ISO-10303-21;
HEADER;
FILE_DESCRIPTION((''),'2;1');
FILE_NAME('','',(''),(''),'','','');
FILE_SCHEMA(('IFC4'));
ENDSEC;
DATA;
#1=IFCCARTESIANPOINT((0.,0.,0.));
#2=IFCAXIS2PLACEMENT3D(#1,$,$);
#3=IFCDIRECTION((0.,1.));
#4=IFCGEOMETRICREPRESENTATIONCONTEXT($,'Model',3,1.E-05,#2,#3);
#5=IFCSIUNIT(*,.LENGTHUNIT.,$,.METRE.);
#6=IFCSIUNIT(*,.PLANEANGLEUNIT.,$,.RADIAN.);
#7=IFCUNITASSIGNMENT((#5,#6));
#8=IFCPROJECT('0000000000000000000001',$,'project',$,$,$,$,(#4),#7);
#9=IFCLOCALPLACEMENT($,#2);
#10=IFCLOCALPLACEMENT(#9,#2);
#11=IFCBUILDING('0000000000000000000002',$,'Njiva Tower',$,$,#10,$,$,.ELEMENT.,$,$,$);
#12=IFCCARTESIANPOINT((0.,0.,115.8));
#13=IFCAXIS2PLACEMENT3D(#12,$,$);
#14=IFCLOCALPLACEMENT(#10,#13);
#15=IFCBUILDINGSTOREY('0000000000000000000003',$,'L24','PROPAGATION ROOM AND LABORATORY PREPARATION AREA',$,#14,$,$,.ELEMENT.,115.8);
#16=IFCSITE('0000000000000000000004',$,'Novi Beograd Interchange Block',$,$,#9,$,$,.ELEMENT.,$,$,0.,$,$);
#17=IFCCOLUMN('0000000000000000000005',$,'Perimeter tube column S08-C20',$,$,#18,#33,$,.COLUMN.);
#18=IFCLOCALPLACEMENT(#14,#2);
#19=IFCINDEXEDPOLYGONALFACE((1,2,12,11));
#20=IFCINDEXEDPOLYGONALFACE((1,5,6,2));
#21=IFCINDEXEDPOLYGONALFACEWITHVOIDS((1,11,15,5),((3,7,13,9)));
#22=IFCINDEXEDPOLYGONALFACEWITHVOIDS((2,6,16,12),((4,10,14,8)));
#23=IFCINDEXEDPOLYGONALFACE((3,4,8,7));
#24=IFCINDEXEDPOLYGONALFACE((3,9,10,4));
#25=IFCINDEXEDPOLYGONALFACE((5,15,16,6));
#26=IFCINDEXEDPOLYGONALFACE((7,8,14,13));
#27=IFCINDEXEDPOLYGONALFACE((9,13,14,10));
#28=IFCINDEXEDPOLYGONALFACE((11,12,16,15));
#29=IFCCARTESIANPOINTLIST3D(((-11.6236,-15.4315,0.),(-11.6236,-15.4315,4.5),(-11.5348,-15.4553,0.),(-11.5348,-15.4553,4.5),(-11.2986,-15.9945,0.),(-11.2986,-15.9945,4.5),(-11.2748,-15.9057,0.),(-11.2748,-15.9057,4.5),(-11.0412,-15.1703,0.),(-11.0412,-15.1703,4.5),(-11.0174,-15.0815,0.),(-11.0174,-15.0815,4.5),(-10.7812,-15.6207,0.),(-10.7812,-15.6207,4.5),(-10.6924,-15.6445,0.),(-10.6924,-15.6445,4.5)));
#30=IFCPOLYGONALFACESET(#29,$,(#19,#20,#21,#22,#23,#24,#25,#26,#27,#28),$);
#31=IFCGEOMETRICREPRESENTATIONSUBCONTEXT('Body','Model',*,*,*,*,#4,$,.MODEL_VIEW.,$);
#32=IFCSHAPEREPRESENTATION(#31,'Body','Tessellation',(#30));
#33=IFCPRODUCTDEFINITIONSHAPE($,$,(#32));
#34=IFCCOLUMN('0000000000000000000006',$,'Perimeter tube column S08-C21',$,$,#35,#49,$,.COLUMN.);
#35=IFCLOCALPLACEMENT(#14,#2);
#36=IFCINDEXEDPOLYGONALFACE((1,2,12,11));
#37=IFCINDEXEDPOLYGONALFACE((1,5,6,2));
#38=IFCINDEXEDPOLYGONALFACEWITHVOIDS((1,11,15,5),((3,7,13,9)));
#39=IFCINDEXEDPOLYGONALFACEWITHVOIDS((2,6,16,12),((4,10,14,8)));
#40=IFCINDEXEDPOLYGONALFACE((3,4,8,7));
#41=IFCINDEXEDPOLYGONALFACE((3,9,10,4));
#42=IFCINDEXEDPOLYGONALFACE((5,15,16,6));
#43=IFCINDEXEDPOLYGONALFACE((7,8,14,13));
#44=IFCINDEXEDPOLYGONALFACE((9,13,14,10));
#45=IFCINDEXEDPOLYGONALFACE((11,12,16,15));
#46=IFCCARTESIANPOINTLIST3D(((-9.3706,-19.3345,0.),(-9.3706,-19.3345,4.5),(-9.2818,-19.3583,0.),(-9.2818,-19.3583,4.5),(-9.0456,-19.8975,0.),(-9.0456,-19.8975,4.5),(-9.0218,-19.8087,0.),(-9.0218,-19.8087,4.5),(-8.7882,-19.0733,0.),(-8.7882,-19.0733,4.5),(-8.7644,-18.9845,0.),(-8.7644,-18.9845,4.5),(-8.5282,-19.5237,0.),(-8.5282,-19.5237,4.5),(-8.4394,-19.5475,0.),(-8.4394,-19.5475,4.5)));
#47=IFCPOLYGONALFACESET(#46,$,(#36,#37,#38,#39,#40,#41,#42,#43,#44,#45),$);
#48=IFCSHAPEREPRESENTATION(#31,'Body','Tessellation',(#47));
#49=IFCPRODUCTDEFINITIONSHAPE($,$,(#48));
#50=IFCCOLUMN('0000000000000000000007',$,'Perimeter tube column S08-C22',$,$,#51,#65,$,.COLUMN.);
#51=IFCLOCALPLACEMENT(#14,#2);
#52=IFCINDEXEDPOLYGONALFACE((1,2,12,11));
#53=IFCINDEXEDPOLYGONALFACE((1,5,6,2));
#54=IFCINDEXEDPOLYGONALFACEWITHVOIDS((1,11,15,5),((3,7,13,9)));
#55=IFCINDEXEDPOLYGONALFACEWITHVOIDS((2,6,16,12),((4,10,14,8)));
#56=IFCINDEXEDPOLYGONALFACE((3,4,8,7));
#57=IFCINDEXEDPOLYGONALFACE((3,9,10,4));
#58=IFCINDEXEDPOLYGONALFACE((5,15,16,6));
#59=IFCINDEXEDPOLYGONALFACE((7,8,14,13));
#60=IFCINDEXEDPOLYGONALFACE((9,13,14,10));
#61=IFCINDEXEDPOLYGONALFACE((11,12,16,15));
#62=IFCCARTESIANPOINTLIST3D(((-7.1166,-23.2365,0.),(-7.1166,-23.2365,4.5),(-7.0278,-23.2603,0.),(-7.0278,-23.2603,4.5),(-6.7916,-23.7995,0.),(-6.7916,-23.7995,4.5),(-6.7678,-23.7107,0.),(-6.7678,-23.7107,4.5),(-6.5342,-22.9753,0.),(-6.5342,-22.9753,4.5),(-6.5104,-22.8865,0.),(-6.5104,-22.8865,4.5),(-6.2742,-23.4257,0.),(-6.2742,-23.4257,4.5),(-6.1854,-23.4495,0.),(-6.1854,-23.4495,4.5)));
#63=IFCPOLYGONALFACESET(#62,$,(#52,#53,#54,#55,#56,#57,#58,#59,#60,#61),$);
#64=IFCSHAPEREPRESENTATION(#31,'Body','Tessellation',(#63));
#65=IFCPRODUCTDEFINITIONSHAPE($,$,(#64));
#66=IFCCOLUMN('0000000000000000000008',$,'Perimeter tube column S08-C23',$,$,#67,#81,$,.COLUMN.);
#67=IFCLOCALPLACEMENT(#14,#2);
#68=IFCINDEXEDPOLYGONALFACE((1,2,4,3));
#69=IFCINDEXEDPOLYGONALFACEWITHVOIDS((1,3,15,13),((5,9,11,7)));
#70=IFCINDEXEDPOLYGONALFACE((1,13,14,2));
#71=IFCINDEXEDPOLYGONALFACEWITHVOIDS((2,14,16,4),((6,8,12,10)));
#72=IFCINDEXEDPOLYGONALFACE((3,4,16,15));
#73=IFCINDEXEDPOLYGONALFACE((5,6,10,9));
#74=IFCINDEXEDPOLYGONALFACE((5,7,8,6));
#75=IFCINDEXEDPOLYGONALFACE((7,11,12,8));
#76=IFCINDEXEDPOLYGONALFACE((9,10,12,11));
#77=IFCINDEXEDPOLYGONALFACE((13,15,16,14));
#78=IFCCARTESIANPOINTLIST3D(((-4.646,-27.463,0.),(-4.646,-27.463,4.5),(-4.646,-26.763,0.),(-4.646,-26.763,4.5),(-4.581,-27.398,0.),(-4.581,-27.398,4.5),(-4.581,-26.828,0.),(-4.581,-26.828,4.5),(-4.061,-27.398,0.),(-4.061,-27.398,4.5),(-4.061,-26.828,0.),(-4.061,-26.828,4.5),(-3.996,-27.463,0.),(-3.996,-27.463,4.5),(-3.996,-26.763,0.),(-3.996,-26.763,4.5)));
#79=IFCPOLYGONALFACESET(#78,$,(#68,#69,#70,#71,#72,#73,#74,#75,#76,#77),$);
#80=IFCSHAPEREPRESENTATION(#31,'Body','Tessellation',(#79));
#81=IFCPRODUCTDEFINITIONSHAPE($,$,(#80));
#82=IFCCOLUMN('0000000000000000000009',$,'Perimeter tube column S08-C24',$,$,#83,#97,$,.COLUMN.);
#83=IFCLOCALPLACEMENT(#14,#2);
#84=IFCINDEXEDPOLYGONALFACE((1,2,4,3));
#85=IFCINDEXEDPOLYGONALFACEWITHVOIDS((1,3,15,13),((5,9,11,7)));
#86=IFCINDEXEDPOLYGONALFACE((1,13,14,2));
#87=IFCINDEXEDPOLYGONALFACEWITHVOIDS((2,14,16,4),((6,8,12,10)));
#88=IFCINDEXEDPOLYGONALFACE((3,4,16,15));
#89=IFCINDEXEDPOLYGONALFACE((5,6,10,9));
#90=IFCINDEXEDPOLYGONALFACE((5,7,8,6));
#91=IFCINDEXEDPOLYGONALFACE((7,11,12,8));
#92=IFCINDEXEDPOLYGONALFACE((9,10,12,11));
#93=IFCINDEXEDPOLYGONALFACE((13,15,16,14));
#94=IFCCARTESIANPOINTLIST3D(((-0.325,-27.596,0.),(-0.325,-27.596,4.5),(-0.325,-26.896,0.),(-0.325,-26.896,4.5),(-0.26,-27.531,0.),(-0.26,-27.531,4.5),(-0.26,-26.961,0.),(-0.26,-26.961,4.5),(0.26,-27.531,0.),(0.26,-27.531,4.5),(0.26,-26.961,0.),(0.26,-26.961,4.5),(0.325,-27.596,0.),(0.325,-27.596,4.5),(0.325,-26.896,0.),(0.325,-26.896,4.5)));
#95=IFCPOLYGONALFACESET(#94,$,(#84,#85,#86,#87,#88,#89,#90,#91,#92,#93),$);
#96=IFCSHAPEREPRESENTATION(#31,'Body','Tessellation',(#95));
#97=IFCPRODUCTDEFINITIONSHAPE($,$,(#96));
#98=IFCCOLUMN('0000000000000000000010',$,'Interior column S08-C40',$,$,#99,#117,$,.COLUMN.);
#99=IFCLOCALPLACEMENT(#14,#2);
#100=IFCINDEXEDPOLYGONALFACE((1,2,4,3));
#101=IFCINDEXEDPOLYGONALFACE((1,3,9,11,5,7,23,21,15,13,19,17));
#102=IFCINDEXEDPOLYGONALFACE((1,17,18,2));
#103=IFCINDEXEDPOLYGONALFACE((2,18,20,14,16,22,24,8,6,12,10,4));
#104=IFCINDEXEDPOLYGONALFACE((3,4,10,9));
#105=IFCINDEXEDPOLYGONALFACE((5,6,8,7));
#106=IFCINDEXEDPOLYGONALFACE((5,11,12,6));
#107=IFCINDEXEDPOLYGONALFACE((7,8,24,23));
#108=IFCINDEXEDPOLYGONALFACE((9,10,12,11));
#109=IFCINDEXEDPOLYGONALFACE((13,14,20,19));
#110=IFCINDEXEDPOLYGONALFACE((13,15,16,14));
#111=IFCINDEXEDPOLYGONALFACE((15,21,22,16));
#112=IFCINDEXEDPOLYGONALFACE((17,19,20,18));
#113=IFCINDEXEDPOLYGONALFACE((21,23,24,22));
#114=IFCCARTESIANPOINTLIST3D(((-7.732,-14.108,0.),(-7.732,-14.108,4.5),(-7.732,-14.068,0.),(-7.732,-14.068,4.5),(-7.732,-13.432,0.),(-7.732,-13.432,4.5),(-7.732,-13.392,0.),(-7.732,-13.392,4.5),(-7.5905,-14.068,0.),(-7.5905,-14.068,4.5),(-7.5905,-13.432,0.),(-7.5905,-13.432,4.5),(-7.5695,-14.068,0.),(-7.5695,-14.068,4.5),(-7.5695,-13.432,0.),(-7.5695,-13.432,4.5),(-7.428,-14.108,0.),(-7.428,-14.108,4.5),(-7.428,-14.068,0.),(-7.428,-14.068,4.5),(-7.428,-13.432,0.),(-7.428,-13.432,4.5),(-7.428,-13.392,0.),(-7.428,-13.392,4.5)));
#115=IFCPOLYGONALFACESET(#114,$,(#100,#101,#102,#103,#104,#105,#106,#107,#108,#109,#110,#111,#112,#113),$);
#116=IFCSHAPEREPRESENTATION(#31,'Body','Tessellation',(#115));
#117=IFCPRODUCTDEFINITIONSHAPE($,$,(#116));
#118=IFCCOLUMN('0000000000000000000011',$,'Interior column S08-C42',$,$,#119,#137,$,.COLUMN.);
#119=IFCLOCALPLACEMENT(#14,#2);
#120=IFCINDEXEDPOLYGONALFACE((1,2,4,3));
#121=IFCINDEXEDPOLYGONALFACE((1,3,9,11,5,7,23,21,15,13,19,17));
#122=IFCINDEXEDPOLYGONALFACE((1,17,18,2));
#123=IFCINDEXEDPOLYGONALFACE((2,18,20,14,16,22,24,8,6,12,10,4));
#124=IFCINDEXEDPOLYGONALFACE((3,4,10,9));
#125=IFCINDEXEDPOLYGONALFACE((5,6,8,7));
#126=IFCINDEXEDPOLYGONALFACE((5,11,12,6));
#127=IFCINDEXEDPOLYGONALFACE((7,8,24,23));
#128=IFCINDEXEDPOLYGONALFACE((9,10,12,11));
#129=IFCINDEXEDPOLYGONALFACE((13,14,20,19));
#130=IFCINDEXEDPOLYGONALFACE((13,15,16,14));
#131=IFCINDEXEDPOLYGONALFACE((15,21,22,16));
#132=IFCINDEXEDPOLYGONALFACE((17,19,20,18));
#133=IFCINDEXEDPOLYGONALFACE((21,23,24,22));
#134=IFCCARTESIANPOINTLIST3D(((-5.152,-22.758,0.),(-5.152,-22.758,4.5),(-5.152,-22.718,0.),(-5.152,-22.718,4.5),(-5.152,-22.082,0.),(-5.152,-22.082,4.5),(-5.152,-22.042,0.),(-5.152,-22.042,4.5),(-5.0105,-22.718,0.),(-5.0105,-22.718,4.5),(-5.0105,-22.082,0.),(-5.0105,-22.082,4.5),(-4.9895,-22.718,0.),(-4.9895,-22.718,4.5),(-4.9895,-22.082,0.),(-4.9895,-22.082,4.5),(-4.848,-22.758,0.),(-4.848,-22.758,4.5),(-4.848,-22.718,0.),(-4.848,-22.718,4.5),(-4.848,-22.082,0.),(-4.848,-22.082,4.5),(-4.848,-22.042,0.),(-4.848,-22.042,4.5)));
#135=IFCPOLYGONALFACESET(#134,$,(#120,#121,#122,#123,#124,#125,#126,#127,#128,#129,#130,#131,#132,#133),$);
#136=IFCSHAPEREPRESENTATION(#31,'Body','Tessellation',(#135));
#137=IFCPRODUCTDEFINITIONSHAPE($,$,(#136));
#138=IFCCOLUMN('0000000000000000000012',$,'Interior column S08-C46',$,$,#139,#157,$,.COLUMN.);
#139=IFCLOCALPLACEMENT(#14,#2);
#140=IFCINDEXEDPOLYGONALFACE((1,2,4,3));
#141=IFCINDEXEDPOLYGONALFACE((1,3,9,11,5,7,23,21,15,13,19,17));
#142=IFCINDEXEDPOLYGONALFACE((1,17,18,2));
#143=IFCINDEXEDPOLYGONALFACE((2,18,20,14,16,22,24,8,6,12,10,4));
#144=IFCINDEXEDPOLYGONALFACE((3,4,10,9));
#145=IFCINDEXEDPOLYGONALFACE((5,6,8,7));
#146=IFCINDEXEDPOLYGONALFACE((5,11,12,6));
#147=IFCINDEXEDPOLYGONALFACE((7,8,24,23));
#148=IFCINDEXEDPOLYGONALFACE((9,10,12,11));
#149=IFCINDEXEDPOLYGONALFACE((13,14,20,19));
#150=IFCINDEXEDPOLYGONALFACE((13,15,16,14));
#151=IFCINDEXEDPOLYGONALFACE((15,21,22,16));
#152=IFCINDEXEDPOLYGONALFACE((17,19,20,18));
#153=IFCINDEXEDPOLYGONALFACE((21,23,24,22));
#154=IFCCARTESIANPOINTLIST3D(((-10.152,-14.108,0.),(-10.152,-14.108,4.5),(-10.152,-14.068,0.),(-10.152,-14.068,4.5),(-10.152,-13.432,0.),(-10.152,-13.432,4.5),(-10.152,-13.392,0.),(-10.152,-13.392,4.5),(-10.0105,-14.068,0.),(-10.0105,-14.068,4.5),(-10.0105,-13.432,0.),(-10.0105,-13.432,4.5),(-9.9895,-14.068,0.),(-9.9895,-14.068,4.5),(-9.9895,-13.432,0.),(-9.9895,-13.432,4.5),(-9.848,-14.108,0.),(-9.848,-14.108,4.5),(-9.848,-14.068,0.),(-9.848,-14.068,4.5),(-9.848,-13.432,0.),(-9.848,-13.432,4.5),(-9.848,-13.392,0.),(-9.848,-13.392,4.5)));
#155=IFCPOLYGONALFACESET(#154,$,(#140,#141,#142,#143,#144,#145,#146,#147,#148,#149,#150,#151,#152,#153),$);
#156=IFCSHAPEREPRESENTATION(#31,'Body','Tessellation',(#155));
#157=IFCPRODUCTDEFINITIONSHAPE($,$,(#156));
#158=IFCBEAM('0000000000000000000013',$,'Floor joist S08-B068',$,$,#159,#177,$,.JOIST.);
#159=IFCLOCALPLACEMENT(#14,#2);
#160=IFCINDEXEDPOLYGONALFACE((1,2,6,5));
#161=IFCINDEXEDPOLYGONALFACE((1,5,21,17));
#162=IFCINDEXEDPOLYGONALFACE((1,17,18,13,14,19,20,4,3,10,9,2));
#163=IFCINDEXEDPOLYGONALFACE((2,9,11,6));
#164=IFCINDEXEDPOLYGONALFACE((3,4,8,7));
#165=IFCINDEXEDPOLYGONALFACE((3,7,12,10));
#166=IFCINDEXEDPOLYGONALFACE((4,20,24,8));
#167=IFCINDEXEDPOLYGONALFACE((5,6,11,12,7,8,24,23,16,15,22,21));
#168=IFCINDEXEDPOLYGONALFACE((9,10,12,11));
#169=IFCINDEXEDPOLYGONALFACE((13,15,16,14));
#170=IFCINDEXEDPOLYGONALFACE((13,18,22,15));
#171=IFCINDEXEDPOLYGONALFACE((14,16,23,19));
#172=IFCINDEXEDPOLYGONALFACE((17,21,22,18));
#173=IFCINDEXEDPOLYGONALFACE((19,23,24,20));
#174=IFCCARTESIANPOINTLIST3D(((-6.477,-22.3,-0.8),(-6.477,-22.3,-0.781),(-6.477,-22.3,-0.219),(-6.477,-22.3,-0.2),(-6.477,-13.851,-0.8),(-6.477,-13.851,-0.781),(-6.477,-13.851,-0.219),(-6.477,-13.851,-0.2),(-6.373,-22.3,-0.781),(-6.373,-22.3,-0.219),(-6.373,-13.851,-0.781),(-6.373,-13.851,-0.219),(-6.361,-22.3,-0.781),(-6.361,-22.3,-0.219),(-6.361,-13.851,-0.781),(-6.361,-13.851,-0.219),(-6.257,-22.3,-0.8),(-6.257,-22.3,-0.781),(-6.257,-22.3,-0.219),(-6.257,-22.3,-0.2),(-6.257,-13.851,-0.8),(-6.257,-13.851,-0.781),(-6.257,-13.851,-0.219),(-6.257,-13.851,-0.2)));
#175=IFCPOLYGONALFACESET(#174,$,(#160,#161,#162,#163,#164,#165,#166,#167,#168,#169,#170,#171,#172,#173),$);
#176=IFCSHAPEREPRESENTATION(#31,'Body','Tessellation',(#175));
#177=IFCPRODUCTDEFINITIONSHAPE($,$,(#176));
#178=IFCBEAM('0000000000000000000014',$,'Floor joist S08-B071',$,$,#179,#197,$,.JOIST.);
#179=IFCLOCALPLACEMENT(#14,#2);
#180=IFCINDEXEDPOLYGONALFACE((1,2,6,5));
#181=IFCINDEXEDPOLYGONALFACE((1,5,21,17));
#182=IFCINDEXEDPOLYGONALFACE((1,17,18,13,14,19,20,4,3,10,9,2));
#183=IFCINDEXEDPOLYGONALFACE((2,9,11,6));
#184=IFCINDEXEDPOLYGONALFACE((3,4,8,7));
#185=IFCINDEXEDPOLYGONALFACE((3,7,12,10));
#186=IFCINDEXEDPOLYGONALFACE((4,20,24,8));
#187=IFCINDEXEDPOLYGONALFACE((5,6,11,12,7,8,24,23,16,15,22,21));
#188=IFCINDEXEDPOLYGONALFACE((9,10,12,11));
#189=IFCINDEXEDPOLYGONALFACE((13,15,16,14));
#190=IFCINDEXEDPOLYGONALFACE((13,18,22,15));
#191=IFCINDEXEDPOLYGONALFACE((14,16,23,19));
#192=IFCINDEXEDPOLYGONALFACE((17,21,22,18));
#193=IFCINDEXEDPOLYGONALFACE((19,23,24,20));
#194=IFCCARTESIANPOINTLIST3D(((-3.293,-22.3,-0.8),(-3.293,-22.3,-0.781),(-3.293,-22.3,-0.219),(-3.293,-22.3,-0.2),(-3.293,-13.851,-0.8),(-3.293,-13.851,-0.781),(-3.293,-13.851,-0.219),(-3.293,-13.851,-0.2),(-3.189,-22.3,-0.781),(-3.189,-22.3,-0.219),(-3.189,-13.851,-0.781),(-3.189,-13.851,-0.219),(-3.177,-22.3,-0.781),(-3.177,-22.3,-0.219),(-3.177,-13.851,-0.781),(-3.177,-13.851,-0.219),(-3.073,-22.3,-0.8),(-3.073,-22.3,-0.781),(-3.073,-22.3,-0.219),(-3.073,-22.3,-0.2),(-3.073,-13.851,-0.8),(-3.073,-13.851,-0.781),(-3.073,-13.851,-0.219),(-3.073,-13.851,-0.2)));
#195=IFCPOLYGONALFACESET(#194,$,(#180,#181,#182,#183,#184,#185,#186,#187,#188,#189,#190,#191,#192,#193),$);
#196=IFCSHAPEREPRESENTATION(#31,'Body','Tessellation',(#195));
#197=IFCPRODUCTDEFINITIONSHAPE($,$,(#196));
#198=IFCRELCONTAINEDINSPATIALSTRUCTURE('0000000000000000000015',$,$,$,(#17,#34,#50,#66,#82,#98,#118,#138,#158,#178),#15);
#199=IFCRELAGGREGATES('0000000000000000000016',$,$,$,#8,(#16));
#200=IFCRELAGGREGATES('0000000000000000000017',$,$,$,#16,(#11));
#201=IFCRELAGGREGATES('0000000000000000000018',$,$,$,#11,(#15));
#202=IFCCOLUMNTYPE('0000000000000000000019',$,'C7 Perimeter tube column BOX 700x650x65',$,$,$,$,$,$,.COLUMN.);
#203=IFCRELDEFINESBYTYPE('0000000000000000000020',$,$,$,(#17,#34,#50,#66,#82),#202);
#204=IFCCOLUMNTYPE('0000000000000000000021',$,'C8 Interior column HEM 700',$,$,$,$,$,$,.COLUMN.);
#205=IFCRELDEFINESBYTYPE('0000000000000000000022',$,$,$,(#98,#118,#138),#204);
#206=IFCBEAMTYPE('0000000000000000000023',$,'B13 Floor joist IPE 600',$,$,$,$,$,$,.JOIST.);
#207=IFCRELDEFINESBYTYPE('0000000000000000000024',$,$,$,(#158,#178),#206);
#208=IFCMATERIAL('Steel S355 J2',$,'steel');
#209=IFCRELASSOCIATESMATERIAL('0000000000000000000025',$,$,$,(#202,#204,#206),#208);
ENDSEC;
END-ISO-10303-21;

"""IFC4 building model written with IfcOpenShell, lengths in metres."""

from ifc_helpers import new_model, si_unit, direction, frame, origin, origin_2d, place, context, subcontext, project, spatial, hollow_rectangle, i_section, extrude, material, material_profile, profile_set, type_object, element, save


model = new_model("IFC4")

# Units and contexts
model_context = context("Model", 3, precision=1e-05, world=origin(), true_north=direction((0.0, 1.0)))
body_context = subcontext(model_context, "Body", "Model", "MODEL_VIEW")
ifc_project = project(units=[si_unit("LENGTHUNIT", "METRE"), si_unit("PLANEANGLEUNIT", "RADIAN")], contexts=[model_context])

# Site, building, storey
site_placement = place(None, origin())
site = spatial("IfcSite", under=ifc_project, at=site_placement, Name="Novi Beograd Interchange Block", CompositionType="ELEMENT", RefElevation=0.0)
building_placement = place(site_placement, origin())
building = spatial("IfcBuilding", under=site, at=building_placement, Name="Njiva Tower", CompositionType="ELEMENT")
storey_placement = place(building_placement, frame((0.0, 0.0, 115.8)))
storey = spatial("IfcBuildingStorey", under=building, at=storey_placement, Name="L24", Description="PROPAGATION ROOM AND LABORATORY PREPARATION AREA", CompositionType="ELEMENT", Elevation=115.8)

# Columns
ifc_material_1 = material(Name="Steel S355 J2", Category="steel")
ifc_material_profile_1 = material_profile(ifc_material_1, hollow_rectangle(XDim=0.65, YDim=0.7, WallThickness=0.065, at=origin_2d()), Name="BOX 700x650x65")
ifc_profile_set_1 = profile_set([ifc_material_profile_1], Name="Steel S355 J2")
column_type_1 = type_object("IfcColumnType", Name="C7 Perimeter tube column BOX 700x650x65", PredefinedType="COLUMN", material=ifc_profile_set_1)
for number, where, z_axis, x_axis, name in (
    (1, (-11.158, -15.538, 0.0), (0.0, 0.0, 1.0), (0.5, -0.866025, 0.0), "Perimeter tube column S08-C20"),
    (2, (-8.905, -19.441, 0.0), (0.0, 0.0, 1.0), (0.5, -0.866025, 0.0), "Perimeter tube column S08-C21"),
    (3, (-6.651, -23.343, 0.0), (0.0, 0.0, 1.0), (0.5, -0.866025, 0.0), "Perimeter tube column S08-C22"),
    (4, (-4.321, -27.113, 0.0), (0.0, 0.0, 1.0), (1.0, 0.0, 0.0), "Perimeter tube column S08-C23"),
    (5, (0.0, -27.246, 0.0), (0.0, 0.0, 1.0), (1.0, 0.0, 0.0), "Perimeter tube column S08-C24"),
):
    element("IfcColumn", number, at=place(storey_placement, frame(where, z_axis=z_axis, x_axis=x_axis)), inside=storey, type_object=column_type_1, Name=name, PredefinedType="COLUMN", context=body_context, shape_type="SweptSolid", body=[
        extrude(hollow_rectangle(XDim=0.65, YDim=0.7, WallThickness=0.065, at=origin_2d()), origin(), (0.0, 0.0, 1.0), 4.5),
    ])
ifc_material_profile_2 = material_profile(ifc_material_1, i_section(OverallWidth=0.304, OverallDepth=0.716, WebThickness=0.021, FlangeThickness=0.04, at=origin_2d()), Name="HEM 700")
ifc_profile_set_2 = profile_set([ifc_material_profile_2], Name="Steel S355 J2")
column_type_2 = type_object("IfcColumnType", Name="C8 Interior column HEM 700", PredefinedType="COLUMN", material=ifc_profile_set_2)
for number, where, z_axis, x_axis, name in (
    (6, (-7.58, -13.75, 0.0), (0.0, 0.0, 1.0), (1.0, 0.0, 0.0), "Interior column S08-C40"),
    (7, (-5.0, -22.4, 0.0), (0.0, 0.0, 1.0), (1.0, 0.0, 0.0), "Interior column S08-C42"),
    (8, (-10.0, -13.75, 0.0), (0.0, 0.0, 1.0), (1.0, 0.0, 0.0), "Interior column S08-C46"),
):
    element("IfcColumn", number, at=place(storey_placement, frame(where, z_axis=z_axis, x_axis=x_axis)), inside=storey, type_object=column_type_2, Name=name, PredefinedType="COLUMN", context=body_context, shape_type="SweptSolid", body=[
        extrude(i_section(OverallWidth=0.304, OverallDepth=0.716, WebThickness=0.021, FlangeThickness=0.04, at=origin_2d()), origin(), (0.0, 0.0, 1.0), 4.5),
    ])

# Beams
ifc_material_profile_3 = material_profile(ifc_material_1, i_section(OverallWidth=0.22, OverallDepth=0.6, WebThickness=0.012, FlangeThickness=0.019, at=origin_2d()), Name="IPE 600")
ifc_profile_set_3 = profile_set([ifc_material_profile_3], Name="Steel S355 J2")
beam_type_1 = type_object("IfcBeamType", Name="B13 Floor joist IPE 600", PredefinedType="JOIST", material=ifc_profile_set_3)
for number, where, z_axis, x_axis, name in (
    (9, (-6.367, -13.851, -0.5), (0.0, -1.0, 0.0), (1.0, 0.0, 0.0), "Floor joist S08-B068"),
    (10, (-3.183, -13.851, -0.5), (0.0, -1.0, 0.0), (1.0, 0.0, 0.0), "Floor joist S08-B071"),
):
    element("IfcBeam", number, at=place(storey_placement, frame(where, z_axis=z_axis, x_axis=x_axis)), inside=storey, type_object=beam_type_1, Name=name, PredefinedType="JOIST", context=body_context, shape_type="SweptSolid", body=[
        extrude(i_section(OverallWidth=0.22, OverallDepth=0.6, WebThickness=0.012, FlangeThickness=0.019, at=origin_2d()), origin(), (0.0, 0.0, 1.0), 8.449),
    ])

save(model, "model.ifc")
